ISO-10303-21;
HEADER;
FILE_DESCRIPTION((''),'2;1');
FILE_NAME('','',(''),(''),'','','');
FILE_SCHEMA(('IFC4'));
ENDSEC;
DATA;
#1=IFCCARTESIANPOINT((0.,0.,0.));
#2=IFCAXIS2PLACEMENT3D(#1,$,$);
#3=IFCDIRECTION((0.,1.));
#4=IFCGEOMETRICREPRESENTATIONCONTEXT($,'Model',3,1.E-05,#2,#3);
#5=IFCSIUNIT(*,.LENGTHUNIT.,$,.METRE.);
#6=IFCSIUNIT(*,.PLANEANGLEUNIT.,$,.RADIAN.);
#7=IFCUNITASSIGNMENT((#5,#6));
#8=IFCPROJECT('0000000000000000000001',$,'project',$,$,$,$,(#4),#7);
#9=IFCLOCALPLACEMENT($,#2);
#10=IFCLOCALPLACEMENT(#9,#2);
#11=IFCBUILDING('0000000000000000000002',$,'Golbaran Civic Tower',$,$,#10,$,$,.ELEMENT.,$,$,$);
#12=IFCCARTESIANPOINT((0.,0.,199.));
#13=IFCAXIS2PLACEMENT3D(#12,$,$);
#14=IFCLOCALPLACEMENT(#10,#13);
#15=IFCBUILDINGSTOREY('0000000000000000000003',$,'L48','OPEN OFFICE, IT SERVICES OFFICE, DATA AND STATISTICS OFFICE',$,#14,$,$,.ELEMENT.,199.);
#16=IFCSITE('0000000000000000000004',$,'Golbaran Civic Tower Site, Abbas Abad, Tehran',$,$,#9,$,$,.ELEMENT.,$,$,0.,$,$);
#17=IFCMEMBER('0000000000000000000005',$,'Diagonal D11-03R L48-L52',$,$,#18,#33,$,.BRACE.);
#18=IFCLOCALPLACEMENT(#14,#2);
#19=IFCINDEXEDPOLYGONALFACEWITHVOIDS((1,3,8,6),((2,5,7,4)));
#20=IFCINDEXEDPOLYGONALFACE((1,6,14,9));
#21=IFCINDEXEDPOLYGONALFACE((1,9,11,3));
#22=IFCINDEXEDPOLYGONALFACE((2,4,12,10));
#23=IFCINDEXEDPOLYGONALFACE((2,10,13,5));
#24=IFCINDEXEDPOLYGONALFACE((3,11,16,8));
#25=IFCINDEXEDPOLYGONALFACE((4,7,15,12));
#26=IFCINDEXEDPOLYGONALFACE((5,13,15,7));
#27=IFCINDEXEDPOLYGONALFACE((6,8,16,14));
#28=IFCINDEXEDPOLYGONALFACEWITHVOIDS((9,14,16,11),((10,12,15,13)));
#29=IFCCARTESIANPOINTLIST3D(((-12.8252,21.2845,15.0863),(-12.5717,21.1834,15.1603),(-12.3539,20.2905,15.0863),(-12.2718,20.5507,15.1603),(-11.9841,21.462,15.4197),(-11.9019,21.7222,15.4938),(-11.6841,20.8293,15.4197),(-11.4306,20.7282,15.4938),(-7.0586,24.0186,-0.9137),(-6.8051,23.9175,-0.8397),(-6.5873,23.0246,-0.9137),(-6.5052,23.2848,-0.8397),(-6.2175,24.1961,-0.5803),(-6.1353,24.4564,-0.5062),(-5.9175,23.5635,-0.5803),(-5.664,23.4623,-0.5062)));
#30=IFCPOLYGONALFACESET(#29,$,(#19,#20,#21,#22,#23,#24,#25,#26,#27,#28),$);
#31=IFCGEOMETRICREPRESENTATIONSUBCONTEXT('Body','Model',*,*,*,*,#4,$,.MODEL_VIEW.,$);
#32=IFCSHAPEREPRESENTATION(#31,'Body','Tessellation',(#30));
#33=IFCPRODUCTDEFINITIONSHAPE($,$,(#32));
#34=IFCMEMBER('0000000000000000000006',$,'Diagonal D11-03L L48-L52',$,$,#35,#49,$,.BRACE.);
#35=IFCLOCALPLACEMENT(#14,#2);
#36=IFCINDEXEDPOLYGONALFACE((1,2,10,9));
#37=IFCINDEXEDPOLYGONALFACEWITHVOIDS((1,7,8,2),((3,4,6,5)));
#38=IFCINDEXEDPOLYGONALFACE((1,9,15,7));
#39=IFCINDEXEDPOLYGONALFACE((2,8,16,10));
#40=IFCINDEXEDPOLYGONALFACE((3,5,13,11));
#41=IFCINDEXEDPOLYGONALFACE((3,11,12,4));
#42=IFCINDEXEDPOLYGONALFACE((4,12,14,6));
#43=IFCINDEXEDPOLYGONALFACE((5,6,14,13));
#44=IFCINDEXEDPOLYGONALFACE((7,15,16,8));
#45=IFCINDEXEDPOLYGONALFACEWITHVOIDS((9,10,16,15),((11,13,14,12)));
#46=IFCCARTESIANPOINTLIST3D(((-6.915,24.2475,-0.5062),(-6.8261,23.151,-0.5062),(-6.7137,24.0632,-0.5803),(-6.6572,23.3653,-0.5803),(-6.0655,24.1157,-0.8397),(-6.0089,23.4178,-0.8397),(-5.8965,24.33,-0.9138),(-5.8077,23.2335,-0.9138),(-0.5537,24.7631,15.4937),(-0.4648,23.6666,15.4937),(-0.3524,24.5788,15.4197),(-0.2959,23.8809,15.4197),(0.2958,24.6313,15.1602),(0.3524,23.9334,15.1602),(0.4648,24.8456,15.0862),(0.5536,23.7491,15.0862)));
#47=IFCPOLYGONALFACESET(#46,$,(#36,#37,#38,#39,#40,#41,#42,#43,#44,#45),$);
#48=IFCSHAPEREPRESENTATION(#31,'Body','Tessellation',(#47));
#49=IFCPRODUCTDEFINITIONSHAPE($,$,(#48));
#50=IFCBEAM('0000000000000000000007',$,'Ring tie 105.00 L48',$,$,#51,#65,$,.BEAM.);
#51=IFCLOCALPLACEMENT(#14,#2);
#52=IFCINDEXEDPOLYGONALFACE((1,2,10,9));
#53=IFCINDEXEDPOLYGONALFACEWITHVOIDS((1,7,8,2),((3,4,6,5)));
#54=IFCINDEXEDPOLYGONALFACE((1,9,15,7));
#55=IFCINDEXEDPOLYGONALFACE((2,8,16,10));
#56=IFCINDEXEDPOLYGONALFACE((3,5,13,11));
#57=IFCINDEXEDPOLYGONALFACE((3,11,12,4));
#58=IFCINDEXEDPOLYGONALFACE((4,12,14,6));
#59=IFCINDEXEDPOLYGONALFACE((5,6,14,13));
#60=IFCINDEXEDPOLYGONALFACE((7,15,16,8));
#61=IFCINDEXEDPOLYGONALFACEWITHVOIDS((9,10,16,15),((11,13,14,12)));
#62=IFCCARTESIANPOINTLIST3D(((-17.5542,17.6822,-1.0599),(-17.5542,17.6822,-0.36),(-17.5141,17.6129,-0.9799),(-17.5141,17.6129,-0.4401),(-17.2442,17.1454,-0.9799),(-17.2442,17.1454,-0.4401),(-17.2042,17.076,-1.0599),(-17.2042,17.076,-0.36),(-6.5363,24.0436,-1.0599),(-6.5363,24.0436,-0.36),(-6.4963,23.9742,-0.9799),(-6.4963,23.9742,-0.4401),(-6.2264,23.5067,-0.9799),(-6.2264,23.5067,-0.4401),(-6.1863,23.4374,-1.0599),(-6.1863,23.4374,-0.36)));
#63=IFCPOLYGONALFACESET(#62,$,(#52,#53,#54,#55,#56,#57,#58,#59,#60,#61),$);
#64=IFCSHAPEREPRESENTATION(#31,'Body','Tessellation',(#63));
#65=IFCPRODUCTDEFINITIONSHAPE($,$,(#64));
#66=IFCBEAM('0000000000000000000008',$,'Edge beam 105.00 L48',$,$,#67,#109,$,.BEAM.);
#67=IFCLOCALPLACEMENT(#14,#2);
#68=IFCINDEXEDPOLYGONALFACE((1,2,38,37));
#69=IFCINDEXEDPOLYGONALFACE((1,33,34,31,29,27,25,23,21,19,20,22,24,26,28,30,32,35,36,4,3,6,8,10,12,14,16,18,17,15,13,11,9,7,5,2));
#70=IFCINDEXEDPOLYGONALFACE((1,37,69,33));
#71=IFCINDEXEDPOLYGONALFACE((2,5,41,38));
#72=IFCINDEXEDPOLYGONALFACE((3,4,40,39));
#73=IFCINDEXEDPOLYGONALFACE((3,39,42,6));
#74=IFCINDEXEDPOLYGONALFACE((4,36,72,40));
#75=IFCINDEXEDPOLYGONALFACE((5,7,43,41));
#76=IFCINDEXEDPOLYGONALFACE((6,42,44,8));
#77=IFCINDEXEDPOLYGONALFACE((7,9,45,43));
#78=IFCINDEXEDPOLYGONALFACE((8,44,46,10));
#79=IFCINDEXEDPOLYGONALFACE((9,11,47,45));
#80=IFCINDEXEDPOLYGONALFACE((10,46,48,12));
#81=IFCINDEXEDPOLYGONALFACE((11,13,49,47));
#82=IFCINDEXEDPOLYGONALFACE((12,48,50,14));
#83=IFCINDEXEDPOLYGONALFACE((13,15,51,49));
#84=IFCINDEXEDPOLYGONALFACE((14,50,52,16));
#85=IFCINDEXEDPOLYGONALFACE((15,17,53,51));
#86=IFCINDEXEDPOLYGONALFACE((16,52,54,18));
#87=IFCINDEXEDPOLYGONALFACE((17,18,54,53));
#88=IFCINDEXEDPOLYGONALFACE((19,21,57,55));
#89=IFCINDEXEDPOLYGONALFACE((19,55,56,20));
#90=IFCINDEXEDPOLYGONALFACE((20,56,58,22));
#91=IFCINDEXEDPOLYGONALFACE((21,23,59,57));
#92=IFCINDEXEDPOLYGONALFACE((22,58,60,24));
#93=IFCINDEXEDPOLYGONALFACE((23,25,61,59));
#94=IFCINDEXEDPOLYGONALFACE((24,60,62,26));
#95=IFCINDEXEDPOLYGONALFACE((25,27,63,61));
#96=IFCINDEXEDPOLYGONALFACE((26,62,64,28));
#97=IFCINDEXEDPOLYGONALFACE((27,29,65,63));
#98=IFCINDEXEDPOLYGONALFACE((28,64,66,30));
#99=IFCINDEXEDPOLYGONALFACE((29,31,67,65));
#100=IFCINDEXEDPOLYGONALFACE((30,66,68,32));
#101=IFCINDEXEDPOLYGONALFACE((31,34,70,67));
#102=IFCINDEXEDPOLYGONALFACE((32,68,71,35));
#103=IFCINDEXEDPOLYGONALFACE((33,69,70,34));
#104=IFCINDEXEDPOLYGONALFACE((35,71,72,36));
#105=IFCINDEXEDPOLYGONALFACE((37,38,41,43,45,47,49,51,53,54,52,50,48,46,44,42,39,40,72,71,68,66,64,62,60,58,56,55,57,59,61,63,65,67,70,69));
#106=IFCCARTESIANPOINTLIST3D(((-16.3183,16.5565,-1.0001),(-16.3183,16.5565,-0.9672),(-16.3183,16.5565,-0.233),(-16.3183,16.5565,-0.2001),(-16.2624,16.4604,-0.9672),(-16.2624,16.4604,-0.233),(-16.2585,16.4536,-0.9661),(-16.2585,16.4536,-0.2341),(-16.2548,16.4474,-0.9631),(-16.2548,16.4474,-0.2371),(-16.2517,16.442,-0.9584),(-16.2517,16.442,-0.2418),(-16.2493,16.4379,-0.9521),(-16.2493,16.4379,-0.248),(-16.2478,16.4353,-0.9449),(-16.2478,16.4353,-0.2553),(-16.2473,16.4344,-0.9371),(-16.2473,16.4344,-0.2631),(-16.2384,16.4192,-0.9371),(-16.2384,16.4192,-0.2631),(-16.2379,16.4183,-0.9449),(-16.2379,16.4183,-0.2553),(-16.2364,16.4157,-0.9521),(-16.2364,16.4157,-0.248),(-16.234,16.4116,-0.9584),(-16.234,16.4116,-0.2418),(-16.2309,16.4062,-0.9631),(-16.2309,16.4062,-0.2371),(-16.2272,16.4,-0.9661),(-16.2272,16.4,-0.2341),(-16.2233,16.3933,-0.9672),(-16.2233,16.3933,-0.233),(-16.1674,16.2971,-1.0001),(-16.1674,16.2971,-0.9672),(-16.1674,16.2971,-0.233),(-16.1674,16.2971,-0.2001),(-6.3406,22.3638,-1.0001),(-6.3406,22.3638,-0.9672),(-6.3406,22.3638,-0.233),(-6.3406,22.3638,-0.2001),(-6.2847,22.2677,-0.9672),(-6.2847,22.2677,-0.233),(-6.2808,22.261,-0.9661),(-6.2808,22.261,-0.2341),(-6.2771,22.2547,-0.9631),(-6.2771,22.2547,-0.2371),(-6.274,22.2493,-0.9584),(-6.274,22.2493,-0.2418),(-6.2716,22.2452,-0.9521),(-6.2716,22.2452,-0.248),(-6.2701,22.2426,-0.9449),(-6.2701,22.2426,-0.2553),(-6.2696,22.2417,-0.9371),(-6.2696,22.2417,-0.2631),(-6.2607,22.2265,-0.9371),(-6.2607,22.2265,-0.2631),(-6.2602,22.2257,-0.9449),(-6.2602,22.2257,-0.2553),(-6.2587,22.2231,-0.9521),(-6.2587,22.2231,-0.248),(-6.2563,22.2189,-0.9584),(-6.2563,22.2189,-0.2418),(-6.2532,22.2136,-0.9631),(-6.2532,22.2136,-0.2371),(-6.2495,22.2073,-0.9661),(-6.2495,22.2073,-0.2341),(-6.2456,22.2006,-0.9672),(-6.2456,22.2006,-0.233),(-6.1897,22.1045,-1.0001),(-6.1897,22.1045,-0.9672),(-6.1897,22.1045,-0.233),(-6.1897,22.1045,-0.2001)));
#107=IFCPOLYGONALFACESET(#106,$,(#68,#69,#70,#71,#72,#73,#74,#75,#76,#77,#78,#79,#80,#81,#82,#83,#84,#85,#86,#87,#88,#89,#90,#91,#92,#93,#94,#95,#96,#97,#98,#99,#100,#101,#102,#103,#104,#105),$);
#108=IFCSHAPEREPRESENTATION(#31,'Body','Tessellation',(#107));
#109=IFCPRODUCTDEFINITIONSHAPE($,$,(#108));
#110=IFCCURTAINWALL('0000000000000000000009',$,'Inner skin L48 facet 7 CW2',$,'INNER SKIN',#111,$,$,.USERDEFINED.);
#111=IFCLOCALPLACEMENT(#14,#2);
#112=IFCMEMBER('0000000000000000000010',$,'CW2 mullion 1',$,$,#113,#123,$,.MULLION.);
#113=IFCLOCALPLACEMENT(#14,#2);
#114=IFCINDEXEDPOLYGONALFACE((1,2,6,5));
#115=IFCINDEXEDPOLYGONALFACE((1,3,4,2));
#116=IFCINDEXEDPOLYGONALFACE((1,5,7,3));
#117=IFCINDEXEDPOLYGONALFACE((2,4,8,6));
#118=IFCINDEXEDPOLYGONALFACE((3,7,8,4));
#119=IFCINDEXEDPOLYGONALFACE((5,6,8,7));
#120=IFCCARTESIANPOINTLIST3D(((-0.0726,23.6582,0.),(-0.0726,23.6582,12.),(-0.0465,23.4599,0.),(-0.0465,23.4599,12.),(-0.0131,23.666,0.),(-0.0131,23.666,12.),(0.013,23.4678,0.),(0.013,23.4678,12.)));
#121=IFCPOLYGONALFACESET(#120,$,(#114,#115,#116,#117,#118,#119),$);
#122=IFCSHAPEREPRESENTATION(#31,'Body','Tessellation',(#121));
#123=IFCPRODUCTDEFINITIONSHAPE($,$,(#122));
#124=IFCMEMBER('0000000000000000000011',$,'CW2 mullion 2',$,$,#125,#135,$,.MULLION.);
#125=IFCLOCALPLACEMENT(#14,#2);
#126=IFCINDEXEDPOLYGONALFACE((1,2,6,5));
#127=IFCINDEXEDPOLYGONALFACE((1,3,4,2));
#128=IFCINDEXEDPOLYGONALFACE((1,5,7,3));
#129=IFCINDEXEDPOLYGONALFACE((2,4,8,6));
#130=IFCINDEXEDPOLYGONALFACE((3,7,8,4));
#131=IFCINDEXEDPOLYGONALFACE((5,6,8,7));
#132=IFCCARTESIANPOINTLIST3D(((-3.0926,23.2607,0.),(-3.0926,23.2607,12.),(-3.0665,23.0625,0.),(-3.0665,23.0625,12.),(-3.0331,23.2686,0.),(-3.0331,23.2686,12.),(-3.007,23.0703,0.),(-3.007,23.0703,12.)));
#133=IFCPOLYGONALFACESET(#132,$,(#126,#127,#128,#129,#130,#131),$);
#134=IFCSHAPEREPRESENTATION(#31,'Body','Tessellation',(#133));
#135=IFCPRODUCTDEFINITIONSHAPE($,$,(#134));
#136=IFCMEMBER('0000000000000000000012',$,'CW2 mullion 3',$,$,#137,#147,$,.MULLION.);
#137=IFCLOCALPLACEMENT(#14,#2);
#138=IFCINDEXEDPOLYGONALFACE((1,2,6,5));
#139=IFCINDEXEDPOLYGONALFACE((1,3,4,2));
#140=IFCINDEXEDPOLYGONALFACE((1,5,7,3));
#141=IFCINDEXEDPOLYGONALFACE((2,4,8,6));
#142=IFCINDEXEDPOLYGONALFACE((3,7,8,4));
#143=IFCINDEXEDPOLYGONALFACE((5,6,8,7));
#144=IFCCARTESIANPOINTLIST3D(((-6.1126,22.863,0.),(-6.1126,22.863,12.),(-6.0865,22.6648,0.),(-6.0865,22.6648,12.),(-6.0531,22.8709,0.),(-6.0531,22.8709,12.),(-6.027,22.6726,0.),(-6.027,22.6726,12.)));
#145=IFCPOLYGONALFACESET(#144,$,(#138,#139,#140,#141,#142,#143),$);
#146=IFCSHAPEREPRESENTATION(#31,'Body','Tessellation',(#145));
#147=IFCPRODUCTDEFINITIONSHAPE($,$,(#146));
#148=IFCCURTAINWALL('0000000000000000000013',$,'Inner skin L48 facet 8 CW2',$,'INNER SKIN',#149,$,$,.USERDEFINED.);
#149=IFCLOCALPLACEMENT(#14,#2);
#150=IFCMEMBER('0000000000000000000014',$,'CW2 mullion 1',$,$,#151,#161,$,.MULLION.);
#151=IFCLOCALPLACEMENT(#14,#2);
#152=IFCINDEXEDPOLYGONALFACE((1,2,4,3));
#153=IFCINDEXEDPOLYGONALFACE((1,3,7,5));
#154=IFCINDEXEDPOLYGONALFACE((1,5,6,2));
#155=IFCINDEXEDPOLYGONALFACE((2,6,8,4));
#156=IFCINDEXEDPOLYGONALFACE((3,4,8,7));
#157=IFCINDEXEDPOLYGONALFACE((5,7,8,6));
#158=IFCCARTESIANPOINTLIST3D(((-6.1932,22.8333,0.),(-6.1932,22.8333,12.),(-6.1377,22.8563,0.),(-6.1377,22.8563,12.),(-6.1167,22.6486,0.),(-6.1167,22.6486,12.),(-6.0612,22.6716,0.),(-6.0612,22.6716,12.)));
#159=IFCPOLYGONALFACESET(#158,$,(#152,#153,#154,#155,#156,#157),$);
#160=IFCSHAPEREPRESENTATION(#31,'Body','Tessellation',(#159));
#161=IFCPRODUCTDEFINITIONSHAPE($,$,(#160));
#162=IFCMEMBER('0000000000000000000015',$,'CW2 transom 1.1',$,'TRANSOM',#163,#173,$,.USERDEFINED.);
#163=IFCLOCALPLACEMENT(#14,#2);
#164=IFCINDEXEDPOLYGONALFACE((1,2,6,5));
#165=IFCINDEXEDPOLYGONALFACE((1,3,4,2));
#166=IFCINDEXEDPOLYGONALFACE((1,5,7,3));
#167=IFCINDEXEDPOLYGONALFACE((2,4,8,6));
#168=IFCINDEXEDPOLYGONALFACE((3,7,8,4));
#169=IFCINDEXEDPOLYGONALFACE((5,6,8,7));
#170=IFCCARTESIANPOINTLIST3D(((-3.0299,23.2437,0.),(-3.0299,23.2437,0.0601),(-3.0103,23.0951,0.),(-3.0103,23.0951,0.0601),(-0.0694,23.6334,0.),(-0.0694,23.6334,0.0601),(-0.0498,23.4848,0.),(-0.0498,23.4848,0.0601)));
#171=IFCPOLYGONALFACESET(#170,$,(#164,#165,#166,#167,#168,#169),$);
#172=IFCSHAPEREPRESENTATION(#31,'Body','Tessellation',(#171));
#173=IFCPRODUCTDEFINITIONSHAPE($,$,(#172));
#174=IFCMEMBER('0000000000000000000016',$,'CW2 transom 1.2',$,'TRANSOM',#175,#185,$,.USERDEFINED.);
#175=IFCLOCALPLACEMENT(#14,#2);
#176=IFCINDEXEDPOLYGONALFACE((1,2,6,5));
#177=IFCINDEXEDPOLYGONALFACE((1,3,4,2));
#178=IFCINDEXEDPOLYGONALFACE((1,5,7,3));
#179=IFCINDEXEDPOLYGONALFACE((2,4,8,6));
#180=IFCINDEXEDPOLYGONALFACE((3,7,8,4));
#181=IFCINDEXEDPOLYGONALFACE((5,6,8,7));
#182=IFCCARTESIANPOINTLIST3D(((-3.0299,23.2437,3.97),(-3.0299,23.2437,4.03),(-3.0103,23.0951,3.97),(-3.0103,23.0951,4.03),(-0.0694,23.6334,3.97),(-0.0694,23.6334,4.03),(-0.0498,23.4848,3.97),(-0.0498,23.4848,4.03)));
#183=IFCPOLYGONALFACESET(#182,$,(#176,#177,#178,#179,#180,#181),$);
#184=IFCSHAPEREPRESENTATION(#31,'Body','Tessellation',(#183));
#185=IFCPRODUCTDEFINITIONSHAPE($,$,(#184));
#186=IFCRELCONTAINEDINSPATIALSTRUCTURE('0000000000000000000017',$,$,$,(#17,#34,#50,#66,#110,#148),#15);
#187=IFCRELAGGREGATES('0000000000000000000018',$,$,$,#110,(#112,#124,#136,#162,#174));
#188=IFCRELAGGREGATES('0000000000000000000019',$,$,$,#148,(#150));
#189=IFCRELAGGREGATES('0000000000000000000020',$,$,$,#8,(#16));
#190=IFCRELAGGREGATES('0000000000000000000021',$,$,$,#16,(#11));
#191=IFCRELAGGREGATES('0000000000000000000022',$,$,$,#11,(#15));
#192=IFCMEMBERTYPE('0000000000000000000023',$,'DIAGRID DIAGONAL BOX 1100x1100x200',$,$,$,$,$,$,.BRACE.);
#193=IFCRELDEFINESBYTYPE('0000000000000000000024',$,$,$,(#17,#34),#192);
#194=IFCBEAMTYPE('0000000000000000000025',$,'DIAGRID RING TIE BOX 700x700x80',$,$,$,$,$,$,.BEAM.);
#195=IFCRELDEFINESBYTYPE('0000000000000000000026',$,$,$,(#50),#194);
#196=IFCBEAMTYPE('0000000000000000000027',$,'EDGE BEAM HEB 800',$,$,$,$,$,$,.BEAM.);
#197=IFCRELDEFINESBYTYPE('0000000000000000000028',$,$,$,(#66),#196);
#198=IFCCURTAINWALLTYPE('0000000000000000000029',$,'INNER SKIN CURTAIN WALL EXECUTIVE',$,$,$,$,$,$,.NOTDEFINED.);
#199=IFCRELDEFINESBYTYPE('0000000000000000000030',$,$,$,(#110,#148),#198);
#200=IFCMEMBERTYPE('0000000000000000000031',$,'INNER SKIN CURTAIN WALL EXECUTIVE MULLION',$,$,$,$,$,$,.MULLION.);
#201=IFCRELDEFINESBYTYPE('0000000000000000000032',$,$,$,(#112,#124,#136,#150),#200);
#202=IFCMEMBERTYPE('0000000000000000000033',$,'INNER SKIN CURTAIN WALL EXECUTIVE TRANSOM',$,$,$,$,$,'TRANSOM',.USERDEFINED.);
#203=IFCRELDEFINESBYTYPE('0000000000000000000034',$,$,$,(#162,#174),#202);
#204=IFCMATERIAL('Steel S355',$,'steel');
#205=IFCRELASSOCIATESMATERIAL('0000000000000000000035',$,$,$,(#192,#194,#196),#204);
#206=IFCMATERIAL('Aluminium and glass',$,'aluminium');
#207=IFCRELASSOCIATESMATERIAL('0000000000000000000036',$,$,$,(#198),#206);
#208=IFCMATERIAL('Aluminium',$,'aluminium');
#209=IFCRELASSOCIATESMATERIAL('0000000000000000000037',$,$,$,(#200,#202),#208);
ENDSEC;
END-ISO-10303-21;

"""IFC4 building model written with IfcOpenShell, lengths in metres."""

from ifc_helpers import new_model, si_unit, direction, frame, origin, origin_2d, place, context, subcontext, project, spatial, rectangle, hollow_rectangle, i_section, extrude, material, material_profile, profile_set, type_object, element, aggregate, save


model = new_model("IFC4")

# Units and contexts
model_context = context("Model", 3, precision=1e-05, world=origin(), true_north=direction((0.0, 1.0)))
body_context = subcontext(model_context, "Body", "Model", "MODEL_VIEW")
ifc_project = project(units=[si_unit("LENGTHUNIT", "METRE"), si_unit("PLANEANGLEUNIT", "RADIAN")], contexts=[model_context])

# Site, building, storey
site_placement = place(None, origin())
site = spatial("IfcSite", under=ifc_project, at=site_placement, Name="Golbaran Civic Tower Site, Abbas Abad, Tehran", CompositionType="ELEMENT", RefElevation=0.0)
building_placement = place(site_placement, origin())
building = spatial("IfcBuilding", under=site, at=building_placement, Name="Golbaran Civic Tower", CompositionType="ELEMENT")
storey_placement = place(building_placement, frame((0.0, 0.0, 199.0)))
storey = spatial("IfcBuildingStorey", under=building, at=storey_placement, Name="L48", Description="OPEN OFFICE, IT SERVICES OFFICE, DATA AND STATISTICS OFFICE", CompositionType="ELEMENT", Elevation=199.0)

# Members
ifc_material_1 = material(Name="Steel S355", Category="steel")
ifc_material_profile_1 = material_profile(ifc_material_1, hollow_rectangle(XDim=1.1001, YDim=1.1001, WallThickness=0.2, at=origin_2d()), Name="BOX 1100x1100x200")
ifc_profile_set_1 = profile_set([ifc_material_profile_1], Name="Steel S355")
member_type_1 = type_object("IfcMemberType", Name="DIAGRID DIAGONAL BOX 1100x1100x200", PredefinedType="BRACE", material=ifc_profile_set_1)
for number, where, z_axis, x_axis, name in (
    (1, (-6.3613, 23.7405, -0.71), (-0.334765, -0.158723, 0.928838), (0.428417, -0.903581, 0.0), "Diagonal D11-03R L48-L52"),
    (2, (-6.3613, 23.7405, -0.71), (0.369288, 0.029933, 0.928833), (-0.080791, 0.996731, 0.0), "Diagonal D11-03L L48-L52"),
):
    element("IfcMember", number, at=place(storey_placement, frame(where, z_axis=z_axis, x_axis=x_axis)), inside=storey, type_object=member_type_1, Name=name, PredefinedType="BRACE", context=body_context, shape_type="SweptSolid", body=[
        extrude(hollow_rectangle(XDim=1.1001, YDim=1.1001, WallThickness=0.2, at=origin_2d()), origin(), (0.0, 0.0, 1.0), 17.2258),
    ])

# Beams
ifc_material_profile_2 = material_profile(ifc_material_1, hollow_rectangle(XDim=0.7, YDim=0.7, WallThickness=0.0801, at=origin_2d()), Name="BOX 700x700x80")
ifc_profile_set_2 = profile_set([ifc_material_profile_2], Name="Steel S355")
beam_type_1 = type_object("IfcBeamType", Name="DIAGRID RING TIE BOX 700x700x80", PredefinedType="BEAM", material=ifc_profile_set_2)
beam_1_placement = place(storey_placement, frame((-6.3613, 23.7405, -0.71), z_axis=(-0.866019, -0.500011, 0.0), x_axis=(0.500011, -0.866019, 0.0)))
element("IfcBeam", 3, at=beam_1_placement, inside=storey, type_object=beam_type_1, Name="Ring tie 105.00 L48", PredefinedType="BEAM", context=body_context, shape_type="SweptSolid", body=[
    extrude(hollow_rectangle(XDim=0.7, YDim=0.7, WallThickness=0.0801, at=origin_2d()), origin(), (0.0, 0.0, 1.0), 12.7224),
])
ifc_material_profile_3 = material_profile(ifc_material_1, i_section(OverallWidth=0.3, OverallDepth=0.8, WebThickness=0.0176, FlangeThickness=0.033, FilletRadius=0.03, at=origin_2d()), Name="HEB 800")
ifc_profile_set_3 = profile_set([ifc_material_profile_3], Name="Steel S355")
beam_type_2 = type_object("IfcBeamType", Name="EDGE BEAM HEB 800", PredefinedType="BEAM", material=ifc_profile_set_3)
beam_2_placement = place(storey_placement, frame((-6.2651, 22.2341, -0.6001), z_axis=(-0.864269, -0.503031, 0.0), x_axis=(0.503031, -0.864269, 0.0)))
element("IfcBeam", 4, at=beam_2_placement, inside=storey, type_object=beam_type_2, Name="Edge beam 105.00 L48", PredefinedType="BEAM", context=body_context, shape_type="SweptSolid", body=[
    extrude(i_section(OverallWidth=0.3, OverallDepth=0.8, WebThickness=0.0176, FlangeThickness=0.033, FilletRadius=0.03, at=origin_2d()), origin(), (0.0, 0.0, 1.0), 11.5447),
])

# Curtain wall, members
ifc_material_2 = material(Name="Aluminium and glass", Category="aluminium")
curtain_wall_type_1 = type_object("IfcCurtainWallType", Name="INNER SKIN CURTAIN WALL EXECUTIVE", PredefinedType="NOTDEFINED", material=ifc_material_2)
curtain_wall_1_placement = place(storey_placement, origin())
curtain_wall_1 = element("IfcCurtainWall", 5, at=curtain_wall_1_placement, inside=storey, type_object=curtain_wall_type_1, Name="Inner skin L48 facet 7 CW2", ObjectType="INNER SKIN", PredefinedType="USERDEFINED")
ifc_material_3 = material(Name="Aluminium", Category="aluminium")
ifc_material_profile_4 = material_profile(ifc_material_3, rectangle(XDim=0.2, YDim=0.0601, at=origin_2d()), Name="INNER SKIN CURTAIN WALL EXECUTIVE MULLION")
ifc_profile_set_4 = profile_set([ifc_material_profile_4], Name="Aluminium")
member_type_2 = type_object("IfcMemberType", Name="INNER SKIN CURTAIN WALL EXECUTIVE MULLION", PredefinedType="MULLION", material=ifc_profile_set_4)
member_1_placement = place(storey_placement, frame((-0.0298, 23.563, 0.0), z_axis=(0.0, 0.0, 1.0), x_axis=(0.130526, -0.991445, 0.0)))
member_1 = element("IfcMember", 6, at=member_1_placement, type_object=member_type_2, Name="CW2 mullion 1", PredefinedType="MULLION", context=body_context, shape_type="SweptSolid", body=[
    extrude(rectangle(XDim=0.2, YDim=0.0601, at=origin_2d()), origin(), (0.0, 0.0, 1.0), 12.0),
])
member_2_placement = place(storey_placement, frame((-3.0498, 23.1655, 0.0), z_axis=(0.0, 0.0, 1.0), x_axis=(0.130526, -0.991445, 0.0)))
member_2 = element("IfcMember", 7, at=member_2_placement, type_object=member_type_2, Name="CW2 mullion 2", PredefinedType="MULLION", context=body_context, shape_type="SweptSolid", body=[
    extrude(rectangle(XDim=0.2, YDim=0.0601, at=origin_2d()), origin(), (0.0, 0.0, 1.0), 12.0),
])
member_3_placement = place(storey_placement, frame((-6.0698, 22.7678, 0.0), z_axis=(0.0, 0.0, 1.0), x_axis=(0.130526, -0.991445, 0.0)))
member_3 = element("IfcMember", 8, at=member_3_placement, type_object=member_type_2, Name="CW2 mullion 3", PredefinedType="MULLION", context=body_context, shape_type="SweptSolid", body=[
    extrude(rectangle(XDim=0.2, YDim=0.0601, at=origin_2d()), origin(), (0.0, 0.0, 1.0), 12.0),
])

# Curtain wall, member
curtain_wall_2_placement = place(storey_placement, origin())
curtain_wall_2 = element("IfcCurtainWall", 9, at=curtain_wall_2_placement, inside=storey, type_object=curtain_wall_type_1, Name="Inner skin L48 facet 8 CW2", ObjectType="INNER SKIN", PredefinedType="USERDEFINED")
member_4_placement = place(storey_placement, frame((-6.1272, 22.7524, 0.0), z_axis=(0.0, 0.0, 1.0), x_axis=(0.382683, -0.92388, 0.0)))
member_4 = element("IfcMember", 10, at=member_4_placement, type_object=member_type_2, Name="CW2 mullion 1", PredefinedType="MULLION", context=body_context, shape_type="SweptSolid", body=[
    extrude(rectangle(XDim=0.2, YDim=0.0601, at=origin_2d()), origin(), (0.0, 0.0, 1.0), 12.0),
])

# Members
ifc_material_profile_5 = material_profile(ifc_material_3, rectangle(XDim=0.1499, YDim=0.0601, at=origin_2d()), Name="INNER SKIN CURTAIN WALL EXECUTIVE TRANSOM")
ifc_profile_set_5 = profile_set([ifc_material_profile_5], Name="Aluminium")
member_type_3 = type_object("IfcMemberType", Name="INNER SKIN CURTAIN WALL EXECUTIVE TRANSOM", ElementType="TRANSOM", PredefinedType="USERDEFINED", material=ifc_profile_set_5)
member_5_placement = place(storey_placement, frame((-0.0596, 23.5591, 0.03), z_axis=(-0.991449, -0.130493, 0.0), x_axis=(0.130493, -0.991449, 0.0)))
member_5 = element("IfcMember", 11, at=member_5_placement, type_object=member_type_3, Name="CW2 transom 1.1", ObjectType="TRANSOM", PredefinedType="USERDEFINED", context=body_context, shape_type="SweptSolid", body=[
    extrude(rectangle(XDim=0.1499, YDim=0.0601, at=origin_2d()), origin(), (0.0, 0.0, 1.0), 2.9861),
])
member_6_placement = place(storey_placement, frame((-0.0596, 23.5591, 4.0), z_axis=(-0.991449, -0.130493, 0.0), x_axis=(0.130493, -0.991449, 0.0)))
member_6 = element("IfcMember", 12, at=member_6_placement, type_object=member_type_3, Name="CW2 transom 1.2", ObjectType="TRANSOM", PredefinedType="USERDEFINED", context=body_context, shape_type="SweptSolid", body=[
    extrude(rectangle(XDim=0.1499, YDim=0.0601, at=origin_2d()), origin(), (0.0, 0.0, 1.0), 2.9861),
])

aggregate(curtain_wall_1, [member_1, member_2, member_3, member_5, member_6])
aggregate(curtain_wall_2, [member_4])

save(model, "model.ifc")
